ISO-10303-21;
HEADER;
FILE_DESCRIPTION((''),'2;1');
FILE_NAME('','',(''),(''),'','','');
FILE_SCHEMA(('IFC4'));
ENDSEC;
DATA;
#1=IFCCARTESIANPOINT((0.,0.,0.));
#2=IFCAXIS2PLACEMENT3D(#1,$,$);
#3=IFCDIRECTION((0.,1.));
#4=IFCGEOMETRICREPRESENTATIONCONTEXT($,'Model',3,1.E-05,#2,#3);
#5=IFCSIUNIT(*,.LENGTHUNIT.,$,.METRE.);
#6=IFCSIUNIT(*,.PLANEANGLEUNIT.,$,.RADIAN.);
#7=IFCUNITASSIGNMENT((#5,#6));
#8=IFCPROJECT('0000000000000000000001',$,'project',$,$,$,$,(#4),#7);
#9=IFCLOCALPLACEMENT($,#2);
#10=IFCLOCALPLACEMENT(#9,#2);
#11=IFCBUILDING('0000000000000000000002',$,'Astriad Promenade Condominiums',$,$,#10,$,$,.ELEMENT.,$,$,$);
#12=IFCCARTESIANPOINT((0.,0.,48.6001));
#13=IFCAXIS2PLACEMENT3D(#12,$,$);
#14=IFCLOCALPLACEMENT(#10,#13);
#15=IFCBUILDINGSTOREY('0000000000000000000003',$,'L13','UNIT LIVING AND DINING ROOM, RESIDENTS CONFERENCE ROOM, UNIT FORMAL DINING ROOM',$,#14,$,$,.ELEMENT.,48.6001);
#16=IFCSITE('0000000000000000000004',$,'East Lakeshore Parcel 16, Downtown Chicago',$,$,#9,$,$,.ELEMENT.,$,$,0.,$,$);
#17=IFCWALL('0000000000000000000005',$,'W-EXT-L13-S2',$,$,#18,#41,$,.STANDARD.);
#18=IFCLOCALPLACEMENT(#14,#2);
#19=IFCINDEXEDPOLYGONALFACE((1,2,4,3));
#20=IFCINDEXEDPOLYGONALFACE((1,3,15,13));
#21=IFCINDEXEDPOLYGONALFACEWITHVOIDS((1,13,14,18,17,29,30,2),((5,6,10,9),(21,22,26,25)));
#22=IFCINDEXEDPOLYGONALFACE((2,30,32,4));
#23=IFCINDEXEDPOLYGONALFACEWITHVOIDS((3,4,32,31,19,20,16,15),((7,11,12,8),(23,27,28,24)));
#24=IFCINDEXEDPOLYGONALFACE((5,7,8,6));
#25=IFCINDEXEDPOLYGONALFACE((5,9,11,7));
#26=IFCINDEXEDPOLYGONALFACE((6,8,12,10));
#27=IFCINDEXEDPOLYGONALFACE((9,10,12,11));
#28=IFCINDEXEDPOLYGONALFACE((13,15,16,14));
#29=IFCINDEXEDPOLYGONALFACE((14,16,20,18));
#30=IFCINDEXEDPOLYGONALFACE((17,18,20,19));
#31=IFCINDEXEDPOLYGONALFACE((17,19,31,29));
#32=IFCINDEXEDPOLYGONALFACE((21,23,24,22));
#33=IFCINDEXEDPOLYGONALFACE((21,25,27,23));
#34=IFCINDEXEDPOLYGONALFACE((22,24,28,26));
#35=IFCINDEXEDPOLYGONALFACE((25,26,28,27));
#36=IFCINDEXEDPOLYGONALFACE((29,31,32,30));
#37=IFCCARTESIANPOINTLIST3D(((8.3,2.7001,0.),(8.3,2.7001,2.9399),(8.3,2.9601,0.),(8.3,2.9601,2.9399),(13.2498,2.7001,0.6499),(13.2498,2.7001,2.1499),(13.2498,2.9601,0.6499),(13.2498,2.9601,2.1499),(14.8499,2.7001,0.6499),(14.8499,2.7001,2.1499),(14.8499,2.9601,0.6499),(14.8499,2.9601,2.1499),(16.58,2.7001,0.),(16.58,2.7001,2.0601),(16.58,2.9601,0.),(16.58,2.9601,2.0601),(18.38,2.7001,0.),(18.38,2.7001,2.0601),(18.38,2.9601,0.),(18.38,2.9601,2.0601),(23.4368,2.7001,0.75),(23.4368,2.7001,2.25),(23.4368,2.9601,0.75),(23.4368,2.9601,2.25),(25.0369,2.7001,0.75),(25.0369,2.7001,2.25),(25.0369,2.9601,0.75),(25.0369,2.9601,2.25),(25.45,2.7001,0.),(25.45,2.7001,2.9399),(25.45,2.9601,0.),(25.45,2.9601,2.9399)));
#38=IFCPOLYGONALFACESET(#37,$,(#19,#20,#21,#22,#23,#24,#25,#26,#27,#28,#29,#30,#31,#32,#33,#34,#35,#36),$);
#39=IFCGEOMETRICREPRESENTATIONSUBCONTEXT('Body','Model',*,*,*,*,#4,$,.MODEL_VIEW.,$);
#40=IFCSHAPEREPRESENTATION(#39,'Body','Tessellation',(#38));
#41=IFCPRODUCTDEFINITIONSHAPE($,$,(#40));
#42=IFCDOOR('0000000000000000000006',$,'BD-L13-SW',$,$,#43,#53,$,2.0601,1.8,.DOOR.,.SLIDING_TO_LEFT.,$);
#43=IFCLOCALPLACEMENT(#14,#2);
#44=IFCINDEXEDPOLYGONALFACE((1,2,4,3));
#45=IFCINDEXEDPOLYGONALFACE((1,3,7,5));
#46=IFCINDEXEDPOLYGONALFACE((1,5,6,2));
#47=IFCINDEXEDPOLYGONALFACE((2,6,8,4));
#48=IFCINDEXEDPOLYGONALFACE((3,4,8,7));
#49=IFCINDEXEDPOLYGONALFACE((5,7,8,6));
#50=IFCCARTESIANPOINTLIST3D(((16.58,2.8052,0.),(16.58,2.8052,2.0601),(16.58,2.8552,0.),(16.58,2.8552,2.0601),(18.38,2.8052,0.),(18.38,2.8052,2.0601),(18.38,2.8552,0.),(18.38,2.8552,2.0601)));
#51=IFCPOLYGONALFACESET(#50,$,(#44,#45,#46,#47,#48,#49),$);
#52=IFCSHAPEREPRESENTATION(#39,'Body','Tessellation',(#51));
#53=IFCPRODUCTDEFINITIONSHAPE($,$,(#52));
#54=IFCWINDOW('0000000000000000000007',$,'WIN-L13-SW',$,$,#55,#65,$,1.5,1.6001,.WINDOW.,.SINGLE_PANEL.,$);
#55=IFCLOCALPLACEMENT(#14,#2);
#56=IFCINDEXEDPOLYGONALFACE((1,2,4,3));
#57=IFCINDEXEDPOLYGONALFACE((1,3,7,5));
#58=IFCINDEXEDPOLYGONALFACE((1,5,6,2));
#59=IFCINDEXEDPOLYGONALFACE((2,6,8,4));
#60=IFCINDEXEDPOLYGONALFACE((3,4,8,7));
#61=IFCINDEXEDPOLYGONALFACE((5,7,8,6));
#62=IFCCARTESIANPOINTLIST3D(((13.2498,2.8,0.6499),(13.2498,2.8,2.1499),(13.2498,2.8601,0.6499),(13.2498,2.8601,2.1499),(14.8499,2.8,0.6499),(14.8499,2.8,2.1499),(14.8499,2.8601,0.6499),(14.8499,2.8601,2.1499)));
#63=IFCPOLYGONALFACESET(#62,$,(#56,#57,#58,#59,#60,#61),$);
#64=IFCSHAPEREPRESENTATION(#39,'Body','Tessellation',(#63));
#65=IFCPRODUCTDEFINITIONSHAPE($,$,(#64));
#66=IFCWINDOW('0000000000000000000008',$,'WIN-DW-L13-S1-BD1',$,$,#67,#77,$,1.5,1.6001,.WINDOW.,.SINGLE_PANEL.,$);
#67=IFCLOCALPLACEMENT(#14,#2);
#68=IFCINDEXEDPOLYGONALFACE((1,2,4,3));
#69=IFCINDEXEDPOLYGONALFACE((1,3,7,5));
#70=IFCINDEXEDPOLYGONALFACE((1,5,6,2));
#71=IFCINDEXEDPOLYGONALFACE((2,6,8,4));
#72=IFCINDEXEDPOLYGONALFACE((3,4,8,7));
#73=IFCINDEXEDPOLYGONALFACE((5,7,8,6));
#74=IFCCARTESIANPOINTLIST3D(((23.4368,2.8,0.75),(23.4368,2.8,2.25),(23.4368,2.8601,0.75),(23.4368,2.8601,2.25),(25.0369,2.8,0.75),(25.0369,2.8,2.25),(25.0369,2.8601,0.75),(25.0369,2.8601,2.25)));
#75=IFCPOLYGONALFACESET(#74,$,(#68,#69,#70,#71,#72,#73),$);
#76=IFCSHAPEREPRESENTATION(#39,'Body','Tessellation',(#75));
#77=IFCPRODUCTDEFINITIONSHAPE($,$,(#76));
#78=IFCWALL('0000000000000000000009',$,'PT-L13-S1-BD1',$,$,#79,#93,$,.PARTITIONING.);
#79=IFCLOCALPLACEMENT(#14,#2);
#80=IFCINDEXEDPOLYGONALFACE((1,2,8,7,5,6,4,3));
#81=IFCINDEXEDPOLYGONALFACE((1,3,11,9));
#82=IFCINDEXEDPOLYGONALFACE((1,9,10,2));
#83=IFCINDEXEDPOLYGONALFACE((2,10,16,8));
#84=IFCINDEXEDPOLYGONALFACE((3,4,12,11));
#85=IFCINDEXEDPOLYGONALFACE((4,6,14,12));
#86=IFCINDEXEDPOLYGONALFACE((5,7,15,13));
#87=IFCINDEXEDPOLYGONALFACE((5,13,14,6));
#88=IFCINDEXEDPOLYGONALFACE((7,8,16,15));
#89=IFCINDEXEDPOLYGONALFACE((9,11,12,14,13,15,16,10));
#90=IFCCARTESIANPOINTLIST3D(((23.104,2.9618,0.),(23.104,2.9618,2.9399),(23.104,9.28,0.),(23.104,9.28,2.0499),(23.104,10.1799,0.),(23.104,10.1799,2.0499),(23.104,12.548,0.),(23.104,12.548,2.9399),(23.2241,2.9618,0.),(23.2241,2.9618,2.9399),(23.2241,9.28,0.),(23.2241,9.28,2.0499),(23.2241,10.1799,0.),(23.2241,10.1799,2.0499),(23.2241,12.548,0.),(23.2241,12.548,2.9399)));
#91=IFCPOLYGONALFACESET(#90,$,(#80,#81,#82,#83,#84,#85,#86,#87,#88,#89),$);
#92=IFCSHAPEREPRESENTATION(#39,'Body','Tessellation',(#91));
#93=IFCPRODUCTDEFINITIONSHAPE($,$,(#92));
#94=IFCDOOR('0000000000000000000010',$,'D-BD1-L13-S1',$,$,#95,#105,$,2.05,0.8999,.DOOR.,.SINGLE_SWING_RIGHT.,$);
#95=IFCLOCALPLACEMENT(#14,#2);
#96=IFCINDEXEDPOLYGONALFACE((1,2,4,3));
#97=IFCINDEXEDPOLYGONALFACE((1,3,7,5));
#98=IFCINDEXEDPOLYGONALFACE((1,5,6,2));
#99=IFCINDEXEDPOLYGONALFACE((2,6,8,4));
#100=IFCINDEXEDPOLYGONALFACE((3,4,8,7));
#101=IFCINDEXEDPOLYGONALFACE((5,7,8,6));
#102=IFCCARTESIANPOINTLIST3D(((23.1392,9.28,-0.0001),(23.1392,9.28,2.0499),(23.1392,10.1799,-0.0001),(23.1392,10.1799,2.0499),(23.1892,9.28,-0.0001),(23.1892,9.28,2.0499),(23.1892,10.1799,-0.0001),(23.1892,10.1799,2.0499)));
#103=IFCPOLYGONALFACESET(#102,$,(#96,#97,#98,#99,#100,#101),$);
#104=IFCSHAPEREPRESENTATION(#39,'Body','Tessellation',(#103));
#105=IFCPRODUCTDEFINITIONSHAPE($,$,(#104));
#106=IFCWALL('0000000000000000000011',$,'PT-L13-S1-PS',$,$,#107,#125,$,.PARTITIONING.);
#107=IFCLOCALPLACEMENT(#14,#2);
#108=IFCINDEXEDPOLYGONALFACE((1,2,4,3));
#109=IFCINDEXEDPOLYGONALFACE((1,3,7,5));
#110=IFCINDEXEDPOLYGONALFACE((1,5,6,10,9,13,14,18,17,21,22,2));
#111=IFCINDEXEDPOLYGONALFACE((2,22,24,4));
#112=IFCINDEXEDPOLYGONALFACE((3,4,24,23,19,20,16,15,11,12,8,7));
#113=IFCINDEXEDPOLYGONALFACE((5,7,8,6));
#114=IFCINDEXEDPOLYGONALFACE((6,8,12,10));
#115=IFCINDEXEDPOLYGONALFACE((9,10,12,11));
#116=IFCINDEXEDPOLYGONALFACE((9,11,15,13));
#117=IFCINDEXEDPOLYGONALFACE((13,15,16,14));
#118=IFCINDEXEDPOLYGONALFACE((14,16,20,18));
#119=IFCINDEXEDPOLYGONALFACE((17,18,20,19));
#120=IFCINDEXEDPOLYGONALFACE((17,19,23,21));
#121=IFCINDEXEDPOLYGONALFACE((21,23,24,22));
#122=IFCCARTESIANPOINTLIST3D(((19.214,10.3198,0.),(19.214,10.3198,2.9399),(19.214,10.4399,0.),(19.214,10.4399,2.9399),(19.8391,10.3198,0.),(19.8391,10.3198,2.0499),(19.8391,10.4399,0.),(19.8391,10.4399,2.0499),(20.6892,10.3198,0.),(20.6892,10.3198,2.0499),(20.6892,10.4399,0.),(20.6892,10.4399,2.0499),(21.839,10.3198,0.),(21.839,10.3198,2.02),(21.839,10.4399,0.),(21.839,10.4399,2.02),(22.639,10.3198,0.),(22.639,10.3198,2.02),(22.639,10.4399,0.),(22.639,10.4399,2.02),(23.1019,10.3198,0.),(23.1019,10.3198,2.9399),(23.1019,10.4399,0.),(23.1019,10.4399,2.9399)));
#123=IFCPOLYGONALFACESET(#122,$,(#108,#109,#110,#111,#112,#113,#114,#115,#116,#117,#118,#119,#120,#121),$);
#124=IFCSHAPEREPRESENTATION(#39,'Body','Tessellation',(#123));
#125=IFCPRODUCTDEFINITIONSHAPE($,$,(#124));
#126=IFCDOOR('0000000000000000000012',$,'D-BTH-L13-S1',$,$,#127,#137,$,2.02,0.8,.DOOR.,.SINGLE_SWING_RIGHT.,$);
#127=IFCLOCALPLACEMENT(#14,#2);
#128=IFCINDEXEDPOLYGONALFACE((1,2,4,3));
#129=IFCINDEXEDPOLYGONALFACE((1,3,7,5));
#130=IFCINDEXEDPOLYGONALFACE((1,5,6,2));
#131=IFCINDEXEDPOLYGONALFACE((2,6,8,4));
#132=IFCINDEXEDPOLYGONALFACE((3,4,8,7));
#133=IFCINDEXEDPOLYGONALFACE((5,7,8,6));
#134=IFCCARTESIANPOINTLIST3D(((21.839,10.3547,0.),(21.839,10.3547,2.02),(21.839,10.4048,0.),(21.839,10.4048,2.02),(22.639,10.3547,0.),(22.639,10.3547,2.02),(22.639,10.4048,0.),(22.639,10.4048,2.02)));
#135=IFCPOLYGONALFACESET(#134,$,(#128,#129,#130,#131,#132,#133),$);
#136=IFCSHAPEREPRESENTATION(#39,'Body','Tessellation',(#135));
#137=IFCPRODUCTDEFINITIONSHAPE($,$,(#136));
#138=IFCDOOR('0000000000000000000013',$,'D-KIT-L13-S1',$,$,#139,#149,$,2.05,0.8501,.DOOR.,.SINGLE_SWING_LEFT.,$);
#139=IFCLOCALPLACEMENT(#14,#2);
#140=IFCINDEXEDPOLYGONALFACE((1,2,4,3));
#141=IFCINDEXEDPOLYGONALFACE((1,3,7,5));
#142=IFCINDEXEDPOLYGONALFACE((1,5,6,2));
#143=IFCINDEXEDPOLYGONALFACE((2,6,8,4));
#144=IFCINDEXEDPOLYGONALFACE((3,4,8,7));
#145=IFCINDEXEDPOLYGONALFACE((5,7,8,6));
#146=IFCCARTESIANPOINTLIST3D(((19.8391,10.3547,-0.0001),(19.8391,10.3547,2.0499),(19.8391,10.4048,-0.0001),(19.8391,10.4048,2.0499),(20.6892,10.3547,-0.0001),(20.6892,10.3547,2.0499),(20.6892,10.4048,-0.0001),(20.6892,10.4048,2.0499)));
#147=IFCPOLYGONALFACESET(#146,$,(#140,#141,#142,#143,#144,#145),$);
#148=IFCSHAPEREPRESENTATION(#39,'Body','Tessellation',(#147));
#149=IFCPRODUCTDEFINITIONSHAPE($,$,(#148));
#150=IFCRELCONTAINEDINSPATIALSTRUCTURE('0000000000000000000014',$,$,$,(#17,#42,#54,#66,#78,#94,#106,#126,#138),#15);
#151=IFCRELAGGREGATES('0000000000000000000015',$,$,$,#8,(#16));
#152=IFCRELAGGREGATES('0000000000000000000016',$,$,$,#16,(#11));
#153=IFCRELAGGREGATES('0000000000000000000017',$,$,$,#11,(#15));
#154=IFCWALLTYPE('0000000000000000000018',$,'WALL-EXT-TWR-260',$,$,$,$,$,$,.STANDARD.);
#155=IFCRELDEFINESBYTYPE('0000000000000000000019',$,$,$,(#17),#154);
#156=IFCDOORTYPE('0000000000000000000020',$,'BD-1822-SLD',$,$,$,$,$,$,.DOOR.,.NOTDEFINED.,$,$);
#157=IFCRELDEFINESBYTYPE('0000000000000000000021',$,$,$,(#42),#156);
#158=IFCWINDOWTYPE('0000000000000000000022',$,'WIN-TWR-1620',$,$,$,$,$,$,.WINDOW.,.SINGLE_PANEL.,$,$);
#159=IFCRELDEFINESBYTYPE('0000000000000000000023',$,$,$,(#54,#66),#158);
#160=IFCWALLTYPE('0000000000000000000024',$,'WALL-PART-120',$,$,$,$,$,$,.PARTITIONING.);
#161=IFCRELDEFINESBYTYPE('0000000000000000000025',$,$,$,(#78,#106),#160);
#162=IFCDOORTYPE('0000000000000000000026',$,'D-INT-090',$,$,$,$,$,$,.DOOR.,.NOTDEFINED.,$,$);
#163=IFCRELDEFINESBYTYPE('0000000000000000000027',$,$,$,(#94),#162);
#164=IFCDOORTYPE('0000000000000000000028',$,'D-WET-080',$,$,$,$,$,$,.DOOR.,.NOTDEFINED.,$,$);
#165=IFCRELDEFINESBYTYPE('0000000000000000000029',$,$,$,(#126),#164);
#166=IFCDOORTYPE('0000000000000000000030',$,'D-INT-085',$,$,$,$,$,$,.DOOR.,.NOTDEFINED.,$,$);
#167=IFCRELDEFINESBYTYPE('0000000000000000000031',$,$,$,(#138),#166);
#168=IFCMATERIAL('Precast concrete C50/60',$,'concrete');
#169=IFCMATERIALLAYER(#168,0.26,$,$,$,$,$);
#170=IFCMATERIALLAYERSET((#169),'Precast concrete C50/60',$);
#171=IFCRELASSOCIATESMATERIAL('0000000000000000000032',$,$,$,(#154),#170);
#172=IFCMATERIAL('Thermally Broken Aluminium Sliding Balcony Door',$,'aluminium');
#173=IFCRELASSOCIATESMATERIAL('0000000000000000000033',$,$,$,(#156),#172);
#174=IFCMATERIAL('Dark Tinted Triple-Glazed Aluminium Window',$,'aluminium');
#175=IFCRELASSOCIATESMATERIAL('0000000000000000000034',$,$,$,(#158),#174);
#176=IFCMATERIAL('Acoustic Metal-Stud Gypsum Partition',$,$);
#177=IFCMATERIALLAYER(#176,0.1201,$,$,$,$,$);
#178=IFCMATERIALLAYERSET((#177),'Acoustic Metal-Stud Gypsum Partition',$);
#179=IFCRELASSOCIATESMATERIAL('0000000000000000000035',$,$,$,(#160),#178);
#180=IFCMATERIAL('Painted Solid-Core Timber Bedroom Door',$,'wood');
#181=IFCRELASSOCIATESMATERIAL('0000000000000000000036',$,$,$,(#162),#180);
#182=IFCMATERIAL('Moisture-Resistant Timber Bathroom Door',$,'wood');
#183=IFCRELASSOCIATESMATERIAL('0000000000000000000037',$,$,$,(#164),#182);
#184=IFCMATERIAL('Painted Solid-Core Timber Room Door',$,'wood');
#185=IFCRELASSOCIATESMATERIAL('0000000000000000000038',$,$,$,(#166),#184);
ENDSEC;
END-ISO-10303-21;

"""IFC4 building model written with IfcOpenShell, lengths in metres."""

from ifc_helpers import new_model, si_unit, direction, frame, frame_2d, origin, place, context, subcontext, project, spatial, rectangle, extrude, source, transform, mapped, material, layer, layer_set, type_object, type_shapes, element, fill, save


model = new_model("IFC4")

# Units and contexts
model_context = context("Model", 3, precision=1e-05, world=origin(), true_north=direction((0.0, 1.0)))
body_context = subcontext(model_context, "Body", "Model", "MODEL_VIEW")
ifc_project = project(units=[si_unit("LENGTHUNIT", "METRE"), si_unit("PLANEANGLEUNIT", "RADIAN")], contexts=[model_context])

# Site, building, storey
site_placement = place(None, origin())
site = spatial("IfcSite", under=ifc_project, at=site_placement, Name="East Lakeshore Parcel 16, Downtown Chicago", CompositionType="ELEMENT", RefElevation=0.0)
building_placement = place(site_placement, origin())
building = spatial("IfcBuilding", under=site, at=building_placement, Name="Astriad Promenade Condominiums", CompositionType="ELEMENT")
storey_placement = place(building_placement, frame((0.0, 0.0, 48.6001)))
storey = spatial("IfcBuildingStorey", under=building, at=storey_placement, Name="L13", Description="UNIT LIVING AND DINING ROOM, RESIDENTS CONFERENCE ROOM, UNIT FORMAL DINING ROOM", CompositionType="ELEMENT", Elevation=48.6001)

# Wall, openings, door, windows
ifc_material_1 = material(Name="Precast concrete C50/60", Category="concrete")
ifc_layer_1 = layer(ifc_material_1, 0.26)
ifc_layer_set_1 = layer_set([ifc_layer_1], Name="Precast concrete C50/60")
wall_type_1 = type_object("IfcWallType", Name="WALL-EXT-TWR-260", PredefinedType="STANDARD", material=ifc_layer_set_1)
wall_1_placement = place(storey_placement, frame((25.45, 2.8301, 0.0), z_axis=(0.0, 0.0, 1.0), x_axis=(-1.0, 0.0, 0.0)))
wall_1 = element("IfcWall", 1, at=wall_1_placement, inside=storey, type_object=wall_type_1, Name="W-EXT-L13-S2", PredefinedType="STANDARD", context=body_context, shape_type="SweptSolid", body=[
    extrude(rectangle(XDim=17.1499, YDim=0.26, at=frame_2d((8.575, 0.0))), origin(), (0.0, 0.0, 1.0), 2.9399),
])
opening_1_placement = place(wall_1_placement, frame((7.0701, 0.0, 0.0)))
opening_1 = element("IfcOpeningElement", 2, at=opening_1_placement, cuts=wall_1, PredefinedType="OPENING", context=body_context, shape_type="SweptSolid", body=[
    extrude(rectangle(XDim=1.8, YDim=2.0601, at=frame_2d((0.8999, 1.03))), frame((0.0, 0.1399, 0.0), z_axis=(0.0, -1.0, 0.0), x_axis=(1.0, 0.0, 0.0)), (0.0, 0.0, 1.0), 0.28),
])
opening_2_placement = place(wall_1_placement, frame((10.6001, 0.0, 0.6499)))
opening_2 = element("IfcOpeningElement", 3, at=opening_2_placement, cuts=wall_1, PredefinedType="OPENING", context=body_context, shape_type="SweptSolid", body=[
    extrude(rectangle(XDim=1.6001, YDim=1.5, at=frame_2d((0.8, 0.75))), frame((0.0, 0.1399, 0.0), z_axis=(0.0, -1.0, 0.0), x_axis=(1.0, 0.0, 0.0)), (0.0, 0.0, 1.0), 0.28),
])
opening_3_placement = place(wall_1_placement, frame((0.4131, 0.0, 0.75)))
opening_3 = element("IfcOpeningElement", 4, at=opening_3_placement, cuts=wall_1, PredefinedType="OPENING", context=body_context, shape_type="SweptSolid", body=[
    extrude(rectangle(XDim=1.6001, YDim=1.5, at=frame_2d((0.8, 0.75))), frame((0.0, 0.1399, 0.0), z_axis=(0.0, -1.0, 0.0), x_axis=(1.0, 0.0, 0.0)), (0.0, 0.0, 1.0), 0.28),
])
ifc_material_2 = material(Name="Thermally Broken Aluminium Sliding Balcony Door", Category="aluminium")
door_type_1 = type_object("IfcDoorType", Name="BD-1822-SLD", OperationType="NOTDEFINED", PredefinedType="DOOR", material=ifc_material_2)
shared_shape_1 = source(origin(), body_context, "Body", "SweptSolid", [
    extrude(rectangle(XDim=1.8, YDim=2.0601, at=frame_2d((0.8999, 1.03))), frame((0.0, 0.0249, 0.0), z_axis=(0.0, -1.0, 0.0), x_axis=(1.0, 0.0, 0.0)), (0.0, 0.0, 1.0), 0.05),
])
type_shapes(door_type_1, [shared_shape_1])
door_1_placement = place(opening_1_placement, origin())
door_1 = element("IfcDoor", 5, at=door_1_placement, inside=storey, type_object=door_type_1, Name="BD-L13-SW", OperationType="SLIDING_TO_LEFT", OverallHeight=2.0601, OverallWidth=1.8, PredefinedType="DOOR", context=body_context, shape_type="MappedRepresentation", body=[
    mapped(shared_shape_1, transform((0.0, 0.0, 0.0), scale=1.0)),
])
fill(opening_1, door_1)
ifc_material_3 = material(Name="Dark Tinted Triple-Glazed Aluminium Window", Category="aluminium")
window_type = type_object("IfcWindowType", Name="WIN-TWR-1620", PartitioningType="SINGLE_PANEL", PredefinedType="WINDOW", material=ifc_material_3)
shared_shape_2 = source(origin(), body_context, "Body", "SweptSolid", [
    extrude(rectangle(XDim=1.6001, YDim=1.5, at=frame_2d((0.8, 0.75))), frame((0.0, 0.03, 0.0), z_axis=(0.0, -1.0, 0.0), x_axis=(1.0, 0.0, 0.0)), (0.0, 0.0, 1.0), 0.0601),
])
type_shapes(window_type, [shared_shape_2])
window_1_placement = place(opening_2_placement, origin())
window_1 = element("IfcWindow", 6, at=window_1_placement, inside=storey, type_object=window_type, Name="WIN-L13-SW", OverallHeight=1.5, OverallWidth=1.6001, PartitioningType="SINGLE_PANEL", PredefinedType="WINDOW", context=body_context, shape_type="MappedRepresentation", body=[
    mapped(shared_shape_2, transform((0.0, 0.0, 0.0), scale=1.0)),
])
fill(opening_2, window_1)
window_2_placement = place(opening_3_placement, origin())
window_2 = element("IfcWindow", 7, at=window_2_placement, inside=storey, type_object=window_type, Name="WIN-DW-L13-S1-BD1", OverallHeight=1.5, OverallWidth=1.6001, PartitioningType="SINGLE_PANEL", PredefinedType="WINDOW", context=body_context, shape_type="MappedRepresentation", body=[
    mapped(shared_shape_2, transform((0.0, 0.0, 0.0), scale=1.0)),
])
fill(opening_3, window_2)

# Wall, opening, door
ifc_material_4 = material(Name="Acoustic Metal-Stud Gypsum Partition")
ifc_layer_2 = layer(ifc_material_4, 0.1201)
ifc_layer_set_2 = layer_set([ifc_layer_2], Name="Acoustic Metal-Stud Gypsum Partition")
wall_type_2 = type_object("IfcWallType", Name="WALL-PART-120", PredefinedType="PARTITIONING", material=ifc_layer_set_2)
wall_2_placement = place(storey_placement, frame((23.1641, 2.9619, 0.0), z_axis=(0.0, 0.0, 1.0), x_axis=(0.0, 1.0, 0.0)))
wall_2 = element("IfcWall", 8, at=wall_2_placement, inside=storey, type_object=wall_type_2, Name="PT-L13-S1-BD1", PredefinedType="PARTITIONING", context=body_context, shape_type="SweptSolid", body=[
    extrude(rectangle(XDim=9.5862, YDim=0.1201, at=frame_2d((4.793, 0.0))), origin(), (0.0, 0.0, 1.0), 2.9399),
])
opening_4_placement = place(wall_2_placement, frame((6.3181, 0.0, 0.0)))
opening_4 = element("IfcOpeningElement", 9, at=opening_4_placement, cuts=wall_2, PredefinedType="OPENING", context=body_context, shape_type="SweptSolid", body=[
    extrude(rectangle(XDim=0.8999, YDim=2.05, at=frame_2d((0.45, 1.0249))), frame((0.0, 0.0701, 0.0), z_axis=(0.0, -1.0, 0.0), x_axis=(1.0, 0.0, 0.0)), (0.0, 0.0, 1.0), 0.1401),
])
ifc_material_5 = material(Name="Painted Solid-Core Timber Bedroom Door", Category="wood")
door_type_2 = type_object("IfcDoorType", Name="D-INT-090", OperationType="NOTDEFINED", PredefinedType="DOOR", material=ifc_material_5)
shared_shape_3 = source(origin(), body_context, "Body", "SweptSolid", [
    extrude(rectangle(XDim=0.8999, YDim=2.05, at=frame_2d((0.45, 1.0249))), frame((0.0, 0.0249, 0.0), z_axis=(0.0, -1.0, 0.0), x_axis=(1.0, 0.0, 0.0)), (0.0, 0.0, 1.0), 0.05),
])
type_shapes(door_type_2, [shared_shape_3])
door_2_placement = place(opening_4_placement, origin())
door_2 = element("IfcDoor", 10, at=door_2_placement, inside=storey, type_object=door_type_2, Name="D-BD1-L13-S1", OperationType="SINGLE_SWING_RIGHT", OverallHeight=2.05, OverallWidth=0.8999, PredefinedType="DOOR", context=body_context, shape_type="MappedRepresentation", body=[
    mapped(shared_shape_3, transform((0.0, 0.0, 0.0), scale=1.0)),
])
fill(opening_4, door_2)

# Wall, openings, doors
wall_3_placement = place(storey_placement, frame((19.2141, 10.3799, 0.0), z_axis=(0.0, 0.0, 1.0), x_axis=(1.0, 0.0, 0.0)))
wall_3 = element("IfcWall", 11, at=wall_3_placement, inside=storey, type_object=wall_type_2, Name="PT-L13-S1-PS", PredefinedType="PARTITIONING", context=body_context, shape_type="SweptSolid", body=[
    extrude(rectangle(XDim=3.8879, YDim=0.1201, at=frame_2d((1.9438, 0.0))), origin(), (0.0, 0.0, 1.0), 2.9399),
])
opening_5_placement = place(wall_3_placement, frame((0.625, 0.0, 0.0)))
opening_5 = element("IfcOpeningElement", 12, at=opening_5_placement, cuts=wall_3, PredefinedType="OPENING", context=body_context, shape_type="SweptSolid", body=[
    extrude(rectangle(XDim=0.8501, YDim=2.05, at=frame_2d((0.425, 1.0249))), frame((0.0, 0.0701, 0.0), z_axis=(0.0, -1.0, 0.0), x_axis=(1.0, 0.0, 0.0)), (0.0, 0.0, 1.0), 0.1401),
])
opening_6_placement = place(wall_3_placement, frame((2.625, 0.0, 0.0)))
opening_6 = element("IfcOpeningElement", 13, at=opening_6_placement, cuts=wall_3, PredefinedType="OPENING", context=body_context, shape_type="SweptSolid", body=[
    extrude(rectangle(XDim=0.8, YDim=2.02, at=frame_2d((0.3999, 1.01))), frame((0.0, 0.0701, 0.0), z_axis=(0.0, -1.0, 0.0), x_axis=(1.0, 0.0, 0.0)), (0.0, 0.0, 1.0), 0.1401),
])
ifc_material_6 = material(Name="Moisture-Resistant Timber Bathroom Door", Category="wood")
door_type_3 = type_object("IfcDoorType", Name="D-WET-080", OperationType="NOTDEFINED", PredefinedType="DOOR", material=ifc_material_6)
shared_shape_4 = source(origin(), body_context, "Body", "SweptSolid", [
    extrude(rectangle(XDim=0.8, YDim=2.02, at=frame_2d((0.3999, 1.01))), frame((0.0, 0.0249, 0.0), z_axis=(0.0, -1.0, 0.0), x_axis=(1.0, 0.0, 0.0)), (0.0, 0.0, 1.0), 0.05),
])
type_shapes(door_type_3, [shared_shape_4])
door_3_placement = place(opening_6_placement, origin())
door_3 = element("IfcDoor", 14, at=door_3_placement, inside=storey, type_object=door_type_3, Name="D-BTH-L13-S1", OperationType="SINGLE_SWING_RIGHT", OverallHeight=2.02, OverallWidth=0.8, PredefinedType="DOOR", context=body_context, shape_type="MappedRepresentation", body=[
    mapped(shared_shape_4, transform((0.0, 0.0, 0.0), scale=1.0)),
])
fill(opening_6, door_3)
ifc_material_7 = material(Name="Painted Solid-Core Timber Room Door", Category="wood")
door_type_4 = type_object("IfcDoorType", Name="D-INT-085", OperationType="NOTDEFINED", PredefinedType="DOOR", material=ifc_material_7)
shared_shape_5 = source(origin(), body_context, "Body", "SweptSolid", [
    extrude(rectangle(XDim=0.8501, YDim=2.05, at=frame_2d((0.425, 1.0249))), frame((0.0, 0.0249, 0.0), z_axis=(0.0, -1.0, 0.0), x_axis=(1.0, 0.0, 0.0)), (0.0, 0.0, 1.0), 0.05),
])
type_shapes(door_type_4, [shared_shape_5])
door_4_placement = place(opening_5_placement, origin())
door_4 = element("IfcDoor", 15, at=door_4_placement, inside=storey, type_object=door_type_4, Name="D-KIT-L13-S1", OperationType="SINGLE_SWING_LEFT", OverallHeight=2.05, OverallWidth=0.8501, PredefinedType="DOOR", context=body_context, shape_type="MappedRepresentation", body=[
    mapped(shared_shape_5, transform((0.0, 0.0, 0.0), scale=1.0)),
])
fill(opening_5, door_4)

save(model, "model.ifc")
